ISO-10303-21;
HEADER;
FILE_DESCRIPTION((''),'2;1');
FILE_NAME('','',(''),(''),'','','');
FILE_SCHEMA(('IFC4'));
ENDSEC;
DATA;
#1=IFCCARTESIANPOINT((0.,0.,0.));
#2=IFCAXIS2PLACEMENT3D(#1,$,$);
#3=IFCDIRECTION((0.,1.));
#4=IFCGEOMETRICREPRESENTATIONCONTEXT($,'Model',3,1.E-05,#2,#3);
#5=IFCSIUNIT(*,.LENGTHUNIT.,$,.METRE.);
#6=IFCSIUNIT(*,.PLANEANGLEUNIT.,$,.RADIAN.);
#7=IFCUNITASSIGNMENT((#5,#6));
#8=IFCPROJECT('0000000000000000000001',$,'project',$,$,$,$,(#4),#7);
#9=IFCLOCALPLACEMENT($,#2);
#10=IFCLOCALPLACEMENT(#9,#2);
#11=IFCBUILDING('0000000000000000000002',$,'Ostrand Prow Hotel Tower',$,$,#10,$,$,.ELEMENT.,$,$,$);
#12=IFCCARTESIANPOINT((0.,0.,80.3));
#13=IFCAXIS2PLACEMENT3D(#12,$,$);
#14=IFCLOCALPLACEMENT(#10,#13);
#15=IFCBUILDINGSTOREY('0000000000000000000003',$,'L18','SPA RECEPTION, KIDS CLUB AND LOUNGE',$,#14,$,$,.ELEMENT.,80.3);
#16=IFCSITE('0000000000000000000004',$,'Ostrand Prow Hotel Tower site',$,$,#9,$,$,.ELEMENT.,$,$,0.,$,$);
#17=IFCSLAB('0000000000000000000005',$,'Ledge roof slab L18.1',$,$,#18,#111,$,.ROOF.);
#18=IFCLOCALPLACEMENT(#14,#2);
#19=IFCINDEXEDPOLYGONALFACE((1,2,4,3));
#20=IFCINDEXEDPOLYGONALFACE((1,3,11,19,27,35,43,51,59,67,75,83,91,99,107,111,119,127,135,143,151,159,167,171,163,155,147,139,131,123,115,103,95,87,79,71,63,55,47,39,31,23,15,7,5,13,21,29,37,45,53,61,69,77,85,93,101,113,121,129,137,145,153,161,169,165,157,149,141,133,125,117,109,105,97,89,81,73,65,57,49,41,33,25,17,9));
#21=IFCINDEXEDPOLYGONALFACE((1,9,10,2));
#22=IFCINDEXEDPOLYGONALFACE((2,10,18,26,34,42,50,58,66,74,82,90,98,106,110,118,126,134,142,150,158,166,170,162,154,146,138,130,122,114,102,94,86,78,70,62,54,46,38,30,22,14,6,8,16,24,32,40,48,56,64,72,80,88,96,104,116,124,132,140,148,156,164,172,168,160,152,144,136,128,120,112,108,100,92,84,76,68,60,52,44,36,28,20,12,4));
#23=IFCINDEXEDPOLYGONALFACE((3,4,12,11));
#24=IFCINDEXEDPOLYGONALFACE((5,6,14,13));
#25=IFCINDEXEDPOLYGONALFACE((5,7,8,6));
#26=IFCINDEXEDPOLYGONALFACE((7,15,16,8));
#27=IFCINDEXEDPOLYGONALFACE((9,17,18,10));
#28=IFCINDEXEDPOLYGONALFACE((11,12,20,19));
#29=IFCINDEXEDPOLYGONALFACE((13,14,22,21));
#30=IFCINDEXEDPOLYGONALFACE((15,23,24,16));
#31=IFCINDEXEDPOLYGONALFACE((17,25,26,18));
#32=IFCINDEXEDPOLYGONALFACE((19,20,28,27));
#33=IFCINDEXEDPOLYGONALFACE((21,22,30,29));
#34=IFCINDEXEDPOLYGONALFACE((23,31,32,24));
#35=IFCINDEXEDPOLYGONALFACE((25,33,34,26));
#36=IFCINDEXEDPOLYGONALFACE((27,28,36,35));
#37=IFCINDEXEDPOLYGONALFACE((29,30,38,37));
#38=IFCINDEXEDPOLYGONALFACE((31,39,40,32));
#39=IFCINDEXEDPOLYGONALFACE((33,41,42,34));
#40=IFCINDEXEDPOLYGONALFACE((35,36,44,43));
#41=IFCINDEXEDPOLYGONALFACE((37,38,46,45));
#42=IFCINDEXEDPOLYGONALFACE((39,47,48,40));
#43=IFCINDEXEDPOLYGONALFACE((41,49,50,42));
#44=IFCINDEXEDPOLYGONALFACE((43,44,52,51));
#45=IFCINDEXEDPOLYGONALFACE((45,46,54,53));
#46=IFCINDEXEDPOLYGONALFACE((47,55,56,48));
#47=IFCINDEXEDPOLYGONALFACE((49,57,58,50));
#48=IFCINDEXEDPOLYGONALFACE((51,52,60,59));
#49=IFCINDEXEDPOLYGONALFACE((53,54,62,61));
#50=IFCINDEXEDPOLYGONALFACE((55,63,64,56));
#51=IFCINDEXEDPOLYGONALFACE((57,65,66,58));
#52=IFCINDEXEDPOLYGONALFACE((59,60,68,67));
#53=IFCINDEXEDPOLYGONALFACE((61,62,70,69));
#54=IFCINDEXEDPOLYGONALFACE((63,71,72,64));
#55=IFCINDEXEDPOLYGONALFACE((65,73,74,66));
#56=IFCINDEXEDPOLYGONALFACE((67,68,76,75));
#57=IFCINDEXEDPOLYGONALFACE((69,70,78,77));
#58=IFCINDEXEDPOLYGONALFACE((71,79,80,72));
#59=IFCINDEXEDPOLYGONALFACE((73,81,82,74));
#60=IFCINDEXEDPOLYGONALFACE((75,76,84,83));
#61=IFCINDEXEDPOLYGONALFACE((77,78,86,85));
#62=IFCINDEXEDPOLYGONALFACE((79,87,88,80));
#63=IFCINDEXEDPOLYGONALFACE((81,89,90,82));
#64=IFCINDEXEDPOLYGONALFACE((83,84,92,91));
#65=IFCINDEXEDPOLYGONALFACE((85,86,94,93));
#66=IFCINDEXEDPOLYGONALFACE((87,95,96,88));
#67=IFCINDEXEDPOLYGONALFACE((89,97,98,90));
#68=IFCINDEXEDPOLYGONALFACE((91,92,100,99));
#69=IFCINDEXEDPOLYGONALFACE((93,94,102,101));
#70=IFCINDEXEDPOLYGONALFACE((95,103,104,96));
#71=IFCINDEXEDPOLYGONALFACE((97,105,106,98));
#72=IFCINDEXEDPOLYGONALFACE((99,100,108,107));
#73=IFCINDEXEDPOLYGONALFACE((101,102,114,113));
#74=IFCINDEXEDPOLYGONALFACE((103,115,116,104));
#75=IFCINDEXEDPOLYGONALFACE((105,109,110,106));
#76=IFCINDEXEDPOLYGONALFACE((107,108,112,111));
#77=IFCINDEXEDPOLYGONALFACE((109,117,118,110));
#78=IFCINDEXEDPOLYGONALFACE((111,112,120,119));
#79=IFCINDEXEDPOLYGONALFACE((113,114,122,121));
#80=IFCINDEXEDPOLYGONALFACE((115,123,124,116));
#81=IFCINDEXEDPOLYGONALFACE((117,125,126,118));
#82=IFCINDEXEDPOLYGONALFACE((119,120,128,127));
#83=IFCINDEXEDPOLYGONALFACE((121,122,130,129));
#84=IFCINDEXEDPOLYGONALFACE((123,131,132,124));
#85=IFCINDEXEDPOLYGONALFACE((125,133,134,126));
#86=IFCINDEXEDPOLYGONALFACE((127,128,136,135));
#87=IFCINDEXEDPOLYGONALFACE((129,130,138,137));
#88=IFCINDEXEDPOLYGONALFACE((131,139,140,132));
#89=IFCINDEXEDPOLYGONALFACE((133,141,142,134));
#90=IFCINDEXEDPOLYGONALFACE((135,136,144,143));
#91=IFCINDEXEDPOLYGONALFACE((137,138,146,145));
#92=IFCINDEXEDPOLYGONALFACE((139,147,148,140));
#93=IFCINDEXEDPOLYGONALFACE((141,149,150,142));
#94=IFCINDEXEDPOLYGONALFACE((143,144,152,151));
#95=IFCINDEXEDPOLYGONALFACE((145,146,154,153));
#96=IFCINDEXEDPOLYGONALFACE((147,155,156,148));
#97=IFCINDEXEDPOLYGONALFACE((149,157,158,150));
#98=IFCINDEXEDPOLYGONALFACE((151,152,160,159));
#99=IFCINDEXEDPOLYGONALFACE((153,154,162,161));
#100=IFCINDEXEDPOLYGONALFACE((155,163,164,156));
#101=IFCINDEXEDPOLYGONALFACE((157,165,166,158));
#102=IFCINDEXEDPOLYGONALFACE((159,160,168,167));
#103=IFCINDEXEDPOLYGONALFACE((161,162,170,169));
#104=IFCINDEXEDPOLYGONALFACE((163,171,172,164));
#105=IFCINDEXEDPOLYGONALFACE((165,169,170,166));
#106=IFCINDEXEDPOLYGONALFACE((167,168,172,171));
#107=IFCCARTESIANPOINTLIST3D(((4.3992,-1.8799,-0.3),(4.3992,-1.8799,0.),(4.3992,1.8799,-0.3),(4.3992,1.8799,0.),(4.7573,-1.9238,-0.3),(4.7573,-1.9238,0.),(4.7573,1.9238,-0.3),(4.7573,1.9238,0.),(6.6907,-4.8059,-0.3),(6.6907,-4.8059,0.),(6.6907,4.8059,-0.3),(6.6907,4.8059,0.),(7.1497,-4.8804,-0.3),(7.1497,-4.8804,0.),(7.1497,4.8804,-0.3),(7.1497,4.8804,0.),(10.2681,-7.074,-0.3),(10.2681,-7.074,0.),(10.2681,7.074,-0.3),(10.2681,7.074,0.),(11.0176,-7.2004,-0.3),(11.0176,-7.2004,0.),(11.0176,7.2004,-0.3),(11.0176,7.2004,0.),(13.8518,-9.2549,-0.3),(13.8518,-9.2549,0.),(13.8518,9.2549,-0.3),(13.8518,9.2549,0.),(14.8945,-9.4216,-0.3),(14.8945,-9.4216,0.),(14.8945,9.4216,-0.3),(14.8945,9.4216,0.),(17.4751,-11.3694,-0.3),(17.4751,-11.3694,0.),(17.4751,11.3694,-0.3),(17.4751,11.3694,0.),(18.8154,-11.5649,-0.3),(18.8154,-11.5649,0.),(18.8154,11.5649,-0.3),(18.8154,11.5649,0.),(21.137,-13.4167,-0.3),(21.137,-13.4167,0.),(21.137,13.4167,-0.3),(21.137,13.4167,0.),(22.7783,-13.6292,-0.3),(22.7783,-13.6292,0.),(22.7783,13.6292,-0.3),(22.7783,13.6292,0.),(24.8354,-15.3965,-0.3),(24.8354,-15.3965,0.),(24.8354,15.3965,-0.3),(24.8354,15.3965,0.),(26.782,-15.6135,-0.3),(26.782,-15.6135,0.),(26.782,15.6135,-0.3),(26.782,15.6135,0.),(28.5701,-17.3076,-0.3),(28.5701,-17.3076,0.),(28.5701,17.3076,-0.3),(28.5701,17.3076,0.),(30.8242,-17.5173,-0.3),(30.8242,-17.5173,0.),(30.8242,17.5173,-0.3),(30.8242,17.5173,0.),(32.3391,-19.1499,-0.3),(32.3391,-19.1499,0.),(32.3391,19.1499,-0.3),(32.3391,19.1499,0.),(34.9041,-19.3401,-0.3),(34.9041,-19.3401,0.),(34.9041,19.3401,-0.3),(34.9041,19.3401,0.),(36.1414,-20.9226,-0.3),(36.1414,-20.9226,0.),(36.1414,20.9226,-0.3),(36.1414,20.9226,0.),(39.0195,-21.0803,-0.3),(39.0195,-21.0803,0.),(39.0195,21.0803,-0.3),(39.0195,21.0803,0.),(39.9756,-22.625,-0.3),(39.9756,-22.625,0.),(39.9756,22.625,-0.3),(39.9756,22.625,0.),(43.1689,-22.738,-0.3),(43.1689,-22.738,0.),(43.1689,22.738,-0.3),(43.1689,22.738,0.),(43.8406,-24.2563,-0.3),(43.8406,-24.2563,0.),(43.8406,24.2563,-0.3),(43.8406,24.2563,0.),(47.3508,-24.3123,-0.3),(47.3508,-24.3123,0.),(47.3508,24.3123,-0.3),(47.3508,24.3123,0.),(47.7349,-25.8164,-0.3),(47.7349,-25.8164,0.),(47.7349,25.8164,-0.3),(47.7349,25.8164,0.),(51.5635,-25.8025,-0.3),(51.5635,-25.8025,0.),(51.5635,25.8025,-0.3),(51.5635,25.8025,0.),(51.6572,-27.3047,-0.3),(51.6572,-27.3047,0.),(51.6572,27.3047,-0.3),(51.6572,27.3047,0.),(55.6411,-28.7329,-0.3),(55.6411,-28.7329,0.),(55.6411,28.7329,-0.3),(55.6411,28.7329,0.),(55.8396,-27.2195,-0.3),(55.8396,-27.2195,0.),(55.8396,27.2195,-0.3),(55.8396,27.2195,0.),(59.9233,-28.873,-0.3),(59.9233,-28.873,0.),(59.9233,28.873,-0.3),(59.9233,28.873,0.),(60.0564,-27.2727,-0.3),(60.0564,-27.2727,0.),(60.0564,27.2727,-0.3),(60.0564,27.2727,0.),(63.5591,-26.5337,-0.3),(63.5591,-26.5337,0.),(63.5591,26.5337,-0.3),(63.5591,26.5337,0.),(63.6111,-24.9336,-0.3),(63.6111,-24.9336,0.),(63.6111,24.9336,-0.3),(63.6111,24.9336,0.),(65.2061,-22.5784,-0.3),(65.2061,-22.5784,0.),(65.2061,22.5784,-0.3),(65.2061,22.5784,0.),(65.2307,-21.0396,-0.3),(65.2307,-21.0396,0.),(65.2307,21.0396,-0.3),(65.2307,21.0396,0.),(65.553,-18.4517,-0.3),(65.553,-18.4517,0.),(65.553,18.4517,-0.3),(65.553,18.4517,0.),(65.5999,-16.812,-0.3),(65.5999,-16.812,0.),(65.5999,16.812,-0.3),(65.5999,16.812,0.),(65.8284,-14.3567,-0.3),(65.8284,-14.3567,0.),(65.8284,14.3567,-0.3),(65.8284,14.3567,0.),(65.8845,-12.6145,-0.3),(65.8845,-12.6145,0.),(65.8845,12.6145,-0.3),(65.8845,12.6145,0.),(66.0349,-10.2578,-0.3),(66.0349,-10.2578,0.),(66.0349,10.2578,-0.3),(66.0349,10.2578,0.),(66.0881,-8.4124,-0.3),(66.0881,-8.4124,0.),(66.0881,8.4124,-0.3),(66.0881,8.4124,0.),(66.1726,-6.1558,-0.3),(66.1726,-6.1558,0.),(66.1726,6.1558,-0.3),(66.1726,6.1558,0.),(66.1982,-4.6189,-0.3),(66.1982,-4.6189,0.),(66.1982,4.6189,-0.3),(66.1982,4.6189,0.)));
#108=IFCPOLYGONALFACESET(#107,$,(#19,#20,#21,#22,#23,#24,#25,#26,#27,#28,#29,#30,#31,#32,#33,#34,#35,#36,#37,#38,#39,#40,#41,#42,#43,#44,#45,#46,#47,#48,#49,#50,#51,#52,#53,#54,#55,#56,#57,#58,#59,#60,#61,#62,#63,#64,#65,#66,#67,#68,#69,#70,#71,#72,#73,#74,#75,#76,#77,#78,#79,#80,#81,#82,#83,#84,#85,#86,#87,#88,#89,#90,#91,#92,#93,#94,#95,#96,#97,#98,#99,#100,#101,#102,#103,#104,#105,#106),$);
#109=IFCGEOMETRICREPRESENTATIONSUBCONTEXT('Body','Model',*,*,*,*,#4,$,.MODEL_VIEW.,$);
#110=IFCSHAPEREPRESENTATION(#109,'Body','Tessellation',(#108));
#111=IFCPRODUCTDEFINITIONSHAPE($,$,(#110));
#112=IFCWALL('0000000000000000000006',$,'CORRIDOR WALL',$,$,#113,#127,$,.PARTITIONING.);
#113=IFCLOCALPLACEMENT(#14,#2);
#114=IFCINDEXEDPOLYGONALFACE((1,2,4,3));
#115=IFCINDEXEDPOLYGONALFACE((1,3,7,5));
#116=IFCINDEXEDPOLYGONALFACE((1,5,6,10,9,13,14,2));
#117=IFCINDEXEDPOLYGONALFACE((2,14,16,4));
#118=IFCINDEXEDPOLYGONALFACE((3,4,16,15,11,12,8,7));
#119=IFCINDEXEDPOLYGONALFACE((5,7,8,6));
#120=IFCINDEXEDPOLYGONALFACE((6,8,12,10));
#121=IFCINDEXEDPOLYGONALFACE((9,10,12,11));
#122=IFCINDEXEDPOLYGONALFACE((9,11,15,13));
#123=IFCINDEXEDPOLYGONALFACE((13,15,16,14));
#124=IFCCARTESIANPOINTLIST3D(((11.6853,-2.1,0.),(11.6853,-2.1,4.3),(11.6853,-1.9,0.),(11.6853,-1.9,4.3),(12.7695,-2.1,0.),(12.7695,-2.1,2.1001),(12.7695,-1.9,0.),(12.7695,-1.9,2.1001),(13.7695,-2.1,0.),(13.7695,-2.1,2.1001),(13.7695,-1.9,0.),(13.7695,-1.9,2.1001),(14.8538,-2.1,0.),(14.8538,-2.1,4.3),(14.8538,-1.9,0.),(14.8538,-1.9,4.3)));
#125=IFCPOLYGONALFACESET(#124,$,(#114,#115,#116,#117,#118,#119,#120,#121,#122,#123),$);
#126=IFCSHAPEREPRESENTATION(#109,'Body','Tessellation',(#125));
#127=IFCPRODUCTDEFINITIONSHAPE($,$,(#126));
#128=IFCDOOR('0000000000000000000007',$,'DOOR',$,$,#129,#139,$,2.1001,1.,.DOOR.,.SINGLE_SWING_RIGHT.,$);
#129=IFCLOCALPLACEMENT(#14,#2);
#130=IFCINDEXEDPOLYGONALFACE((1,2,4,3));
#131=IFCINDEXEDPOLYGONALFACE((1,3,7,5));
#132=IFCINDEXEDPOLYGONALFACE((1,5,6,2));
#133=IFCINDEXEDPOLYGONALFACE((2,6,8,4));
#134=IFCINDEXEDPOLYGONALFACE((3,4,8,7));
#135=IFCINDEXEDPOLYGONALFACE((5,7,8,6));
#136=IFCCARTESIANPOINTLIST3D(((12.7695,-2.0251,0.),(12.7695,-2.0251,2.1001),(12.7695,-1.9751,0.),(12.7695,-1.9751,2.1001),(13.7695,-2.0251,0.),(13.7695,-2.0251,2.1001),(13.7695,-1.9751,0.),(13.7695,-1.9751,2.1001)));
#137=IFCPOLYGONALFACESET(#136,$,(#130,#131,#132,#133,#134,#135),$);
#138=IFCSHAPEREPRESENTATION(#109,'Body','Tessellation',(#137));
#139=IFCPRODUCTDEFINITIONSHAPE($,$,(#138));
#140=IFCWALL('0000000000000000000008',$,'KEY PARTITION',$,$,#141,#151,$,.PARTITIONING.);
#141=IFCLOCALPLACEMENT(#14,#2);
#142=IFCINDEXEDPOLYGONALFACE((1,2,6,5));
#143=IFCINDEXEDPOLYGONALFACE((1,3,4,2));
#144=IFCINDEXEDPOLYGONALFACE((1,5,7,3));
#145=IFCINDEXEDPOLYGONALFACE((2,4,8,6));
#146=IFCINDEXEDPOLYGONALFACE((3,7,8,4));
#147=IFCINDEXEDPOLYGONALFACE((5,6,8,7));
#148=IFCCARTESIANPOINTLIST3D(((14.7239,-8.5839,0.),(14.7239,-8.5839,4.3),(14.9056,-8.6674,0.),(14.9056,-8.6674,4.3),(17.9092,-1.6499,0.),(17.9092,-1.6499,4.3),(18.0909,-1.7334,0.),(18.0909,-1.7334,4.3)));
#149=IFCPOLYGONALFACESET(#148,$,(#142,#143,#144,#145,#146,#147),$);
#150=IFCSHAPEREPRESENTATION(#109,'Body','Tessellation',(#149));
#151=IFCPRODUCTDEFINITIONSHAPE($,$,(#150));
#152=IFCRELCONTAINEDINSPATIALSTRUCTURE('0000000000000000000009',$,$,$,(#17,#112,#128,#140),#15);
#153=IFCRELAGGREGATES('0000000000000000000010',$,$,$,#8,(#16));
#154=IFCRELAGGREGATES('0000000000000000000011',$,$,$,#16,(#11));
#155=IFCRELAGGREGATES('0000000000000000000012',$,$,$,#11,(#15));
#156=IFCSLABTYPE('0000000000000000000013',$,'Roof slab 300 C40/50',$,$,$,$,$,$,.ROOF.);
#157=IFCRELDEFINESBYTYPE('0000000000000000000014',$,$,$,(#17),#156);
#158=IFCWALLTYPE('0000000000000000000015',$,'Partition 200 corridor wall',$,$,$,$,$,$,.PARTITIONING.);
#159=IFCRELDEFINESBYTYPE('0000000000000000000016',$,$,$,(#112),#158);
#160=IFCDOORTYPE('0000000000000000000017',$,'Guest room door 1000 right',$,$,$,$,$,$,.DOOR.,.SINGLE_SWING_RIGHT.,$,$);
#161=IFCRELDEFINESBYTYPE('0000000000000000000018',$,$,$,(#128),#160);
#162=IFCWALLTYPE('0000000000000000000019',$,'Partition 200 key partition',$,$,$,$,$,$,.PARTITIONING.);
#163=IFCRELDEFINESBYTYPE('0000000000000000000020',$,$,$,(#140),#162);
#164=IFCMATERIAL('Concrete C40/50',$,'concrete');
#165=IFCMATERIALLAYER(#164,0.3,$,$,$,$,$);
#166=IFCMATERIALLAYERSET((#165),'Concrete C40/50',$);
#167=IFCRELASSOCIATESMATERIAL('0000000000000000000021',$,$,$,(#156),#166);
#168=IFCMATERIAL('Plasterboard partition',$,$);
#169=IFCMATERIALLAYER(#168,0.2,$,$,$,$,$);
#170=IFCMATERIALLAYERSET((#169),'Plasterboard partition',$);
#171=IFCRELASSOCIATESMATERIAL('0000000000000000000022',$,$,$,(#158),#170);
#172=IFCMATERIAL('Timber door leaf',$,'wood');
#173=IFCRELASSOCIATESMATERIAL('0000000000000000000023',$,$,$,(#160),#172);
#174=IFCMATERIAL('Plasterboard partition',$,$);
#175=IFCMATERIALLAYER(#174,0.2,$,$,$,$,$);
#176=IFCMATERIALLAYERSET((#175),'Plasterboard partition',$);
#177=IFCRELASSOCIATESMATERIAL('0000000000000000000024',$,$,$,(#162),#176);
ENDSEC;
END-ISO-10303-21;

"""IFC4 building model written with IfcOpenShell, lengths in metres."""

from ifc_helpers import new_model, si_unit, direction, frame, frame_2d, origin, place, context, subcontext, project, spatial, polyline, rectangle, outline, extrude, material, layer, layer_set, type_object, element, fill, save


model = new_model("IFC4")

# Units and contexts
model_context = context("Model", 3, precision=1e-05, world=origin(), true_north=direction((0.0, 1.0)))
body_context = subcontext(model_context, "Body", "Model", "MODEL_VIEW")
ifc_project = project(units=[si_unit("LENGTHUNIT", "METRE"), si_unit("PLANEANGLEUNIT", "RADIAN")], contexts=[model_context])

# Site, building, storey
site_placement = place(None, origin())
site = spatial("IfcSite", under=ifc_project, at=site_placement, Name="Ostrand Prow Hotel Tower site", CompositionType="ELEMENT", RefElevation=0.0)
building_placement = place(site_placement, origin())
building = spatial("IfcBuilding", under=site, at=building_placement, Name="Ostrand Prow Hotel Tower", CompositionType="ELEMENT")
storey_placement = place(building_placement, frame((0.0, 0.0, 80.3)))
storey = spatial("IfcBuildingStorey", under=building, at=storey_placement, Name="L18", Description="SPA RECEPTION, KIDS CLUB AND LOUNGE", CompositionType="ELEMENT", Elevation=80.3)

# Slab
ifc_material_1 = material(Name="Concrete C40/50", Category="concrete")
ifc_layer_1 = layer(ifc_material_1, 0.3)
ifc_layer_set_1 = layer_set([ifc_layer_1], Name="Concrete C40/50")
slab_type_1 = type_object("IfcSlabType", Name="Roof slab 300 C40/50", PredefinedType="ROOF", material=ifc_layer_set_1)
slab_1_placement = place(storey_placement, frame((0.0, 0.0, -0.3)))
element("IfcSlab", 1, at=slab_1_placement, inside=storey, type_object=slab_type_1, Name="Ledge roof slab L18.1", PredefinedType="ROOF", context=body_context, shape_type="SweptSolid", body=[
    extrude(outline(polyline([(10.2681, 7.074), (13.8518, 9.2549), (17.4751, 11.3694), (21.137, 13.4167), (24.8354, 15.3965), (28.5701, 17.3076), (32.3391, 19.1499), (36.1414, 20.9226), (39.9756, 22.625), (43.8406, 24.2563), (47.7349, 25.8164), (51.6572, 27.3047), (55.6411, 28.7329), (59.9233, 28.873), (63.5591, 26.5337), (65.2061, 22.5784), (65.553, 18.4517), (65.8284, 14.3567), (66.0349, 10.2578), (66.1726, 6.1558), (66.1982, 4.6189), (66.0881, 8.4124), (65.8845, 12.6145), (65.5999, 16.812), (65.2307, 21.0396), (63.6111, 24.9336), (60.0564, 27.2727), (55.8396, 27.2195), (51.5635, 25.8025), (47.3508, 24.3123), (43.1689, 22.738), (39.0195, 21.0803), (34.9041, 19.3401), (30.8242, 17.5173), (26.782, 15.6135), (22.7783, 13.6292), (18.8154, 11.5649), (14.8945, 9.4216), (11.0176, 7.2004), (7.1497, 4.8804), (4.7573, 1.9238), (4.7573, -1.9238), (7.1497, -4.8804), (11.0176, -7.2004), (14.8945, -9.4216), (18.8154, -11.5649), (22.7783, -13.6292), (26.782, -15.6135), (30.8242, -17.5173), (34.9041, -19.3401), (39.0195, -21.0803), (43.1689, -22.738), (47.3508, -24.3123), (51.5635, -25.8025), (55.8396, -27.2195), (60.0564, -27.2727), (63.6111, -24.9336), (65.2307, -21.0396), (65.5999, -16.812), (65.8845, -12.6145), (66.0881, -8.4124), (66.1982, -4.6189), (66.1726, -6.1558), (66.0349, -10.2578), (65.8284, -14.3567), (65.553, -18.4517), (65.2061, -22.5784), (63.5591, -26.5337), (59.9233, -28.873), (55.6411, -28.7329), (51.6572, -27.3047), (47.7349, -25.8164), (43.8406, -24.2563), (39.9756, -22.625), (36.1414, -20.9226), (32.3391, -19.1499), (28.5701, -17.3076), (24.8354, -15.3965), (21.137, -13.4167), (17.4751, -11.3694), (13.8518, -9.2549), (10.2681, -7.074), (6.6907, -4.8059), (4.3992, -1.8799), (4.3992, 1.8799), (6.6907, 4.8059), (10.2681, 7.074)])), origin(), (0.0, 0.0, 1.0), 0.3),
])

# Wall, opening, door
ifc_material_2 = material(Name="Plasterboard partition")
ifc_layer_2 = layer(ifc_material_2, 0.2)
ifc_layer_set_2 = layer_set([ifc_layer_2], Name="Plasterboard partition")
wall_type_1 = type_object("IfcWallType", Name="Partition 200 corridor wall", PredefinedType="PARTITIONING", material=ifc_layer_set_2)
wall_1_placement = place(storey_placement, frame((11.6853, -2.0, 0.0), z_axis=(0.0, 0.0, 1.0), x_axis=(1.0, 0.0, 0.0)))
wall_1 = element("IfcWall", 2, at=wall_1_placement, inside=storey, type_object=wall_type_1, Name="CORRIDOR WALL", PredefinedType="PARTITIONING", context=body_context, shape_type="SweptSolid", body=[
    extrude(rectangle(XDim=3.1685, YDim=0.2, at=frame_2d((1.5842, 0.0))), origin(), (0.0, 0.0, 1.0), 4.3),
])
opening_1_placement = place(wall_1_placement, frame((1.0842, 0.0, 0.0)))
opening_1 = element("IfcOpeningElement", 3, at=opening_1_placement, cuts=wall_1, PredefinedType="OPENING", context=body_context, shape_type="SweptSolid", body=[
    extrude(rectangle(XDim=1.0, YDim=2.1001, at=frame_2d((0.5, 1.05))), frame((0.0, 0.1099, 0.0), z_axis=(0.0, -1.0, 0.0), x_axis=(1.0, 0.0, 0.0)), (0.0, 0.0, 1.0), 0.22),
])
ifc_material_3 = material(Name="Timber door leaf", Category="wood")
door_type_1 = type_object("IfcDoorType", Name="Guest room door 1000 right", OperationType="SINGLE_SWING_RIGHT", PredefinedType="DOOR", material=ifc_material_3)
door_1_placement = place(opening_1_placement, origin())
door_1 = element("IfcDoor", 4, at=door_1_placement, inside=storey, type_object=door_type_1, Name="DOOR", OperationType="SINGLE_SWING_RIGHT", OverallHeight=2.1001, OverallWidth=1.0, PredefinedType="DOOR", context=body_context, shape_type="SweptSolid", body=[
    extrude(rectangle(XDim=1.0, YDim=2.1001, at=frame_2d((0.5, 1.05))), frame((0.0, 0.0249, 0.0), z_axis=(0.0, -1.0, 0.0), x_axis=(1.0, 0.0, 0.0)), (0.0, 0.0, 1.0), 0.05),
])
fill(opening_1, door_1)

# Wall
ifc_material_4 = material(Name="Plasterboard partition")
ifc_layer_3 = layer(ifc_material_4, 0.2)
ifc_layer_set_3 = layer_set([ifc_layer_3], Name="Plasterboard partition")
wall_type_2 = type_object("IfcWallType", Name="Partition 200 key partition", PredefinedType="PARTITIONING", material=ifc_layer_set_3)
wall_2_placement = place(storey_placement, frame((14.8147, -8.6257, 0.0), z_axis=(0.0, 0.0, 1.0), x_axis=(0.417432, 0.908708, 0.0)))
element("IfcWall", 5, at=wall_2_placement, inside=storey, type_object=wall_type_2, Name="KEY PARTITION", PredefinedType="PARTITIONING", context=body_context, shape_type="SweptSolid", body=[
    extrude(rectangle(XDim=7.6306, YDim=0.2, at=frame_2d((3.8154, 0.0))), origin(), (0.0, 0.0, 1.0), 4.3),
])

save(model, "model.ifc")
